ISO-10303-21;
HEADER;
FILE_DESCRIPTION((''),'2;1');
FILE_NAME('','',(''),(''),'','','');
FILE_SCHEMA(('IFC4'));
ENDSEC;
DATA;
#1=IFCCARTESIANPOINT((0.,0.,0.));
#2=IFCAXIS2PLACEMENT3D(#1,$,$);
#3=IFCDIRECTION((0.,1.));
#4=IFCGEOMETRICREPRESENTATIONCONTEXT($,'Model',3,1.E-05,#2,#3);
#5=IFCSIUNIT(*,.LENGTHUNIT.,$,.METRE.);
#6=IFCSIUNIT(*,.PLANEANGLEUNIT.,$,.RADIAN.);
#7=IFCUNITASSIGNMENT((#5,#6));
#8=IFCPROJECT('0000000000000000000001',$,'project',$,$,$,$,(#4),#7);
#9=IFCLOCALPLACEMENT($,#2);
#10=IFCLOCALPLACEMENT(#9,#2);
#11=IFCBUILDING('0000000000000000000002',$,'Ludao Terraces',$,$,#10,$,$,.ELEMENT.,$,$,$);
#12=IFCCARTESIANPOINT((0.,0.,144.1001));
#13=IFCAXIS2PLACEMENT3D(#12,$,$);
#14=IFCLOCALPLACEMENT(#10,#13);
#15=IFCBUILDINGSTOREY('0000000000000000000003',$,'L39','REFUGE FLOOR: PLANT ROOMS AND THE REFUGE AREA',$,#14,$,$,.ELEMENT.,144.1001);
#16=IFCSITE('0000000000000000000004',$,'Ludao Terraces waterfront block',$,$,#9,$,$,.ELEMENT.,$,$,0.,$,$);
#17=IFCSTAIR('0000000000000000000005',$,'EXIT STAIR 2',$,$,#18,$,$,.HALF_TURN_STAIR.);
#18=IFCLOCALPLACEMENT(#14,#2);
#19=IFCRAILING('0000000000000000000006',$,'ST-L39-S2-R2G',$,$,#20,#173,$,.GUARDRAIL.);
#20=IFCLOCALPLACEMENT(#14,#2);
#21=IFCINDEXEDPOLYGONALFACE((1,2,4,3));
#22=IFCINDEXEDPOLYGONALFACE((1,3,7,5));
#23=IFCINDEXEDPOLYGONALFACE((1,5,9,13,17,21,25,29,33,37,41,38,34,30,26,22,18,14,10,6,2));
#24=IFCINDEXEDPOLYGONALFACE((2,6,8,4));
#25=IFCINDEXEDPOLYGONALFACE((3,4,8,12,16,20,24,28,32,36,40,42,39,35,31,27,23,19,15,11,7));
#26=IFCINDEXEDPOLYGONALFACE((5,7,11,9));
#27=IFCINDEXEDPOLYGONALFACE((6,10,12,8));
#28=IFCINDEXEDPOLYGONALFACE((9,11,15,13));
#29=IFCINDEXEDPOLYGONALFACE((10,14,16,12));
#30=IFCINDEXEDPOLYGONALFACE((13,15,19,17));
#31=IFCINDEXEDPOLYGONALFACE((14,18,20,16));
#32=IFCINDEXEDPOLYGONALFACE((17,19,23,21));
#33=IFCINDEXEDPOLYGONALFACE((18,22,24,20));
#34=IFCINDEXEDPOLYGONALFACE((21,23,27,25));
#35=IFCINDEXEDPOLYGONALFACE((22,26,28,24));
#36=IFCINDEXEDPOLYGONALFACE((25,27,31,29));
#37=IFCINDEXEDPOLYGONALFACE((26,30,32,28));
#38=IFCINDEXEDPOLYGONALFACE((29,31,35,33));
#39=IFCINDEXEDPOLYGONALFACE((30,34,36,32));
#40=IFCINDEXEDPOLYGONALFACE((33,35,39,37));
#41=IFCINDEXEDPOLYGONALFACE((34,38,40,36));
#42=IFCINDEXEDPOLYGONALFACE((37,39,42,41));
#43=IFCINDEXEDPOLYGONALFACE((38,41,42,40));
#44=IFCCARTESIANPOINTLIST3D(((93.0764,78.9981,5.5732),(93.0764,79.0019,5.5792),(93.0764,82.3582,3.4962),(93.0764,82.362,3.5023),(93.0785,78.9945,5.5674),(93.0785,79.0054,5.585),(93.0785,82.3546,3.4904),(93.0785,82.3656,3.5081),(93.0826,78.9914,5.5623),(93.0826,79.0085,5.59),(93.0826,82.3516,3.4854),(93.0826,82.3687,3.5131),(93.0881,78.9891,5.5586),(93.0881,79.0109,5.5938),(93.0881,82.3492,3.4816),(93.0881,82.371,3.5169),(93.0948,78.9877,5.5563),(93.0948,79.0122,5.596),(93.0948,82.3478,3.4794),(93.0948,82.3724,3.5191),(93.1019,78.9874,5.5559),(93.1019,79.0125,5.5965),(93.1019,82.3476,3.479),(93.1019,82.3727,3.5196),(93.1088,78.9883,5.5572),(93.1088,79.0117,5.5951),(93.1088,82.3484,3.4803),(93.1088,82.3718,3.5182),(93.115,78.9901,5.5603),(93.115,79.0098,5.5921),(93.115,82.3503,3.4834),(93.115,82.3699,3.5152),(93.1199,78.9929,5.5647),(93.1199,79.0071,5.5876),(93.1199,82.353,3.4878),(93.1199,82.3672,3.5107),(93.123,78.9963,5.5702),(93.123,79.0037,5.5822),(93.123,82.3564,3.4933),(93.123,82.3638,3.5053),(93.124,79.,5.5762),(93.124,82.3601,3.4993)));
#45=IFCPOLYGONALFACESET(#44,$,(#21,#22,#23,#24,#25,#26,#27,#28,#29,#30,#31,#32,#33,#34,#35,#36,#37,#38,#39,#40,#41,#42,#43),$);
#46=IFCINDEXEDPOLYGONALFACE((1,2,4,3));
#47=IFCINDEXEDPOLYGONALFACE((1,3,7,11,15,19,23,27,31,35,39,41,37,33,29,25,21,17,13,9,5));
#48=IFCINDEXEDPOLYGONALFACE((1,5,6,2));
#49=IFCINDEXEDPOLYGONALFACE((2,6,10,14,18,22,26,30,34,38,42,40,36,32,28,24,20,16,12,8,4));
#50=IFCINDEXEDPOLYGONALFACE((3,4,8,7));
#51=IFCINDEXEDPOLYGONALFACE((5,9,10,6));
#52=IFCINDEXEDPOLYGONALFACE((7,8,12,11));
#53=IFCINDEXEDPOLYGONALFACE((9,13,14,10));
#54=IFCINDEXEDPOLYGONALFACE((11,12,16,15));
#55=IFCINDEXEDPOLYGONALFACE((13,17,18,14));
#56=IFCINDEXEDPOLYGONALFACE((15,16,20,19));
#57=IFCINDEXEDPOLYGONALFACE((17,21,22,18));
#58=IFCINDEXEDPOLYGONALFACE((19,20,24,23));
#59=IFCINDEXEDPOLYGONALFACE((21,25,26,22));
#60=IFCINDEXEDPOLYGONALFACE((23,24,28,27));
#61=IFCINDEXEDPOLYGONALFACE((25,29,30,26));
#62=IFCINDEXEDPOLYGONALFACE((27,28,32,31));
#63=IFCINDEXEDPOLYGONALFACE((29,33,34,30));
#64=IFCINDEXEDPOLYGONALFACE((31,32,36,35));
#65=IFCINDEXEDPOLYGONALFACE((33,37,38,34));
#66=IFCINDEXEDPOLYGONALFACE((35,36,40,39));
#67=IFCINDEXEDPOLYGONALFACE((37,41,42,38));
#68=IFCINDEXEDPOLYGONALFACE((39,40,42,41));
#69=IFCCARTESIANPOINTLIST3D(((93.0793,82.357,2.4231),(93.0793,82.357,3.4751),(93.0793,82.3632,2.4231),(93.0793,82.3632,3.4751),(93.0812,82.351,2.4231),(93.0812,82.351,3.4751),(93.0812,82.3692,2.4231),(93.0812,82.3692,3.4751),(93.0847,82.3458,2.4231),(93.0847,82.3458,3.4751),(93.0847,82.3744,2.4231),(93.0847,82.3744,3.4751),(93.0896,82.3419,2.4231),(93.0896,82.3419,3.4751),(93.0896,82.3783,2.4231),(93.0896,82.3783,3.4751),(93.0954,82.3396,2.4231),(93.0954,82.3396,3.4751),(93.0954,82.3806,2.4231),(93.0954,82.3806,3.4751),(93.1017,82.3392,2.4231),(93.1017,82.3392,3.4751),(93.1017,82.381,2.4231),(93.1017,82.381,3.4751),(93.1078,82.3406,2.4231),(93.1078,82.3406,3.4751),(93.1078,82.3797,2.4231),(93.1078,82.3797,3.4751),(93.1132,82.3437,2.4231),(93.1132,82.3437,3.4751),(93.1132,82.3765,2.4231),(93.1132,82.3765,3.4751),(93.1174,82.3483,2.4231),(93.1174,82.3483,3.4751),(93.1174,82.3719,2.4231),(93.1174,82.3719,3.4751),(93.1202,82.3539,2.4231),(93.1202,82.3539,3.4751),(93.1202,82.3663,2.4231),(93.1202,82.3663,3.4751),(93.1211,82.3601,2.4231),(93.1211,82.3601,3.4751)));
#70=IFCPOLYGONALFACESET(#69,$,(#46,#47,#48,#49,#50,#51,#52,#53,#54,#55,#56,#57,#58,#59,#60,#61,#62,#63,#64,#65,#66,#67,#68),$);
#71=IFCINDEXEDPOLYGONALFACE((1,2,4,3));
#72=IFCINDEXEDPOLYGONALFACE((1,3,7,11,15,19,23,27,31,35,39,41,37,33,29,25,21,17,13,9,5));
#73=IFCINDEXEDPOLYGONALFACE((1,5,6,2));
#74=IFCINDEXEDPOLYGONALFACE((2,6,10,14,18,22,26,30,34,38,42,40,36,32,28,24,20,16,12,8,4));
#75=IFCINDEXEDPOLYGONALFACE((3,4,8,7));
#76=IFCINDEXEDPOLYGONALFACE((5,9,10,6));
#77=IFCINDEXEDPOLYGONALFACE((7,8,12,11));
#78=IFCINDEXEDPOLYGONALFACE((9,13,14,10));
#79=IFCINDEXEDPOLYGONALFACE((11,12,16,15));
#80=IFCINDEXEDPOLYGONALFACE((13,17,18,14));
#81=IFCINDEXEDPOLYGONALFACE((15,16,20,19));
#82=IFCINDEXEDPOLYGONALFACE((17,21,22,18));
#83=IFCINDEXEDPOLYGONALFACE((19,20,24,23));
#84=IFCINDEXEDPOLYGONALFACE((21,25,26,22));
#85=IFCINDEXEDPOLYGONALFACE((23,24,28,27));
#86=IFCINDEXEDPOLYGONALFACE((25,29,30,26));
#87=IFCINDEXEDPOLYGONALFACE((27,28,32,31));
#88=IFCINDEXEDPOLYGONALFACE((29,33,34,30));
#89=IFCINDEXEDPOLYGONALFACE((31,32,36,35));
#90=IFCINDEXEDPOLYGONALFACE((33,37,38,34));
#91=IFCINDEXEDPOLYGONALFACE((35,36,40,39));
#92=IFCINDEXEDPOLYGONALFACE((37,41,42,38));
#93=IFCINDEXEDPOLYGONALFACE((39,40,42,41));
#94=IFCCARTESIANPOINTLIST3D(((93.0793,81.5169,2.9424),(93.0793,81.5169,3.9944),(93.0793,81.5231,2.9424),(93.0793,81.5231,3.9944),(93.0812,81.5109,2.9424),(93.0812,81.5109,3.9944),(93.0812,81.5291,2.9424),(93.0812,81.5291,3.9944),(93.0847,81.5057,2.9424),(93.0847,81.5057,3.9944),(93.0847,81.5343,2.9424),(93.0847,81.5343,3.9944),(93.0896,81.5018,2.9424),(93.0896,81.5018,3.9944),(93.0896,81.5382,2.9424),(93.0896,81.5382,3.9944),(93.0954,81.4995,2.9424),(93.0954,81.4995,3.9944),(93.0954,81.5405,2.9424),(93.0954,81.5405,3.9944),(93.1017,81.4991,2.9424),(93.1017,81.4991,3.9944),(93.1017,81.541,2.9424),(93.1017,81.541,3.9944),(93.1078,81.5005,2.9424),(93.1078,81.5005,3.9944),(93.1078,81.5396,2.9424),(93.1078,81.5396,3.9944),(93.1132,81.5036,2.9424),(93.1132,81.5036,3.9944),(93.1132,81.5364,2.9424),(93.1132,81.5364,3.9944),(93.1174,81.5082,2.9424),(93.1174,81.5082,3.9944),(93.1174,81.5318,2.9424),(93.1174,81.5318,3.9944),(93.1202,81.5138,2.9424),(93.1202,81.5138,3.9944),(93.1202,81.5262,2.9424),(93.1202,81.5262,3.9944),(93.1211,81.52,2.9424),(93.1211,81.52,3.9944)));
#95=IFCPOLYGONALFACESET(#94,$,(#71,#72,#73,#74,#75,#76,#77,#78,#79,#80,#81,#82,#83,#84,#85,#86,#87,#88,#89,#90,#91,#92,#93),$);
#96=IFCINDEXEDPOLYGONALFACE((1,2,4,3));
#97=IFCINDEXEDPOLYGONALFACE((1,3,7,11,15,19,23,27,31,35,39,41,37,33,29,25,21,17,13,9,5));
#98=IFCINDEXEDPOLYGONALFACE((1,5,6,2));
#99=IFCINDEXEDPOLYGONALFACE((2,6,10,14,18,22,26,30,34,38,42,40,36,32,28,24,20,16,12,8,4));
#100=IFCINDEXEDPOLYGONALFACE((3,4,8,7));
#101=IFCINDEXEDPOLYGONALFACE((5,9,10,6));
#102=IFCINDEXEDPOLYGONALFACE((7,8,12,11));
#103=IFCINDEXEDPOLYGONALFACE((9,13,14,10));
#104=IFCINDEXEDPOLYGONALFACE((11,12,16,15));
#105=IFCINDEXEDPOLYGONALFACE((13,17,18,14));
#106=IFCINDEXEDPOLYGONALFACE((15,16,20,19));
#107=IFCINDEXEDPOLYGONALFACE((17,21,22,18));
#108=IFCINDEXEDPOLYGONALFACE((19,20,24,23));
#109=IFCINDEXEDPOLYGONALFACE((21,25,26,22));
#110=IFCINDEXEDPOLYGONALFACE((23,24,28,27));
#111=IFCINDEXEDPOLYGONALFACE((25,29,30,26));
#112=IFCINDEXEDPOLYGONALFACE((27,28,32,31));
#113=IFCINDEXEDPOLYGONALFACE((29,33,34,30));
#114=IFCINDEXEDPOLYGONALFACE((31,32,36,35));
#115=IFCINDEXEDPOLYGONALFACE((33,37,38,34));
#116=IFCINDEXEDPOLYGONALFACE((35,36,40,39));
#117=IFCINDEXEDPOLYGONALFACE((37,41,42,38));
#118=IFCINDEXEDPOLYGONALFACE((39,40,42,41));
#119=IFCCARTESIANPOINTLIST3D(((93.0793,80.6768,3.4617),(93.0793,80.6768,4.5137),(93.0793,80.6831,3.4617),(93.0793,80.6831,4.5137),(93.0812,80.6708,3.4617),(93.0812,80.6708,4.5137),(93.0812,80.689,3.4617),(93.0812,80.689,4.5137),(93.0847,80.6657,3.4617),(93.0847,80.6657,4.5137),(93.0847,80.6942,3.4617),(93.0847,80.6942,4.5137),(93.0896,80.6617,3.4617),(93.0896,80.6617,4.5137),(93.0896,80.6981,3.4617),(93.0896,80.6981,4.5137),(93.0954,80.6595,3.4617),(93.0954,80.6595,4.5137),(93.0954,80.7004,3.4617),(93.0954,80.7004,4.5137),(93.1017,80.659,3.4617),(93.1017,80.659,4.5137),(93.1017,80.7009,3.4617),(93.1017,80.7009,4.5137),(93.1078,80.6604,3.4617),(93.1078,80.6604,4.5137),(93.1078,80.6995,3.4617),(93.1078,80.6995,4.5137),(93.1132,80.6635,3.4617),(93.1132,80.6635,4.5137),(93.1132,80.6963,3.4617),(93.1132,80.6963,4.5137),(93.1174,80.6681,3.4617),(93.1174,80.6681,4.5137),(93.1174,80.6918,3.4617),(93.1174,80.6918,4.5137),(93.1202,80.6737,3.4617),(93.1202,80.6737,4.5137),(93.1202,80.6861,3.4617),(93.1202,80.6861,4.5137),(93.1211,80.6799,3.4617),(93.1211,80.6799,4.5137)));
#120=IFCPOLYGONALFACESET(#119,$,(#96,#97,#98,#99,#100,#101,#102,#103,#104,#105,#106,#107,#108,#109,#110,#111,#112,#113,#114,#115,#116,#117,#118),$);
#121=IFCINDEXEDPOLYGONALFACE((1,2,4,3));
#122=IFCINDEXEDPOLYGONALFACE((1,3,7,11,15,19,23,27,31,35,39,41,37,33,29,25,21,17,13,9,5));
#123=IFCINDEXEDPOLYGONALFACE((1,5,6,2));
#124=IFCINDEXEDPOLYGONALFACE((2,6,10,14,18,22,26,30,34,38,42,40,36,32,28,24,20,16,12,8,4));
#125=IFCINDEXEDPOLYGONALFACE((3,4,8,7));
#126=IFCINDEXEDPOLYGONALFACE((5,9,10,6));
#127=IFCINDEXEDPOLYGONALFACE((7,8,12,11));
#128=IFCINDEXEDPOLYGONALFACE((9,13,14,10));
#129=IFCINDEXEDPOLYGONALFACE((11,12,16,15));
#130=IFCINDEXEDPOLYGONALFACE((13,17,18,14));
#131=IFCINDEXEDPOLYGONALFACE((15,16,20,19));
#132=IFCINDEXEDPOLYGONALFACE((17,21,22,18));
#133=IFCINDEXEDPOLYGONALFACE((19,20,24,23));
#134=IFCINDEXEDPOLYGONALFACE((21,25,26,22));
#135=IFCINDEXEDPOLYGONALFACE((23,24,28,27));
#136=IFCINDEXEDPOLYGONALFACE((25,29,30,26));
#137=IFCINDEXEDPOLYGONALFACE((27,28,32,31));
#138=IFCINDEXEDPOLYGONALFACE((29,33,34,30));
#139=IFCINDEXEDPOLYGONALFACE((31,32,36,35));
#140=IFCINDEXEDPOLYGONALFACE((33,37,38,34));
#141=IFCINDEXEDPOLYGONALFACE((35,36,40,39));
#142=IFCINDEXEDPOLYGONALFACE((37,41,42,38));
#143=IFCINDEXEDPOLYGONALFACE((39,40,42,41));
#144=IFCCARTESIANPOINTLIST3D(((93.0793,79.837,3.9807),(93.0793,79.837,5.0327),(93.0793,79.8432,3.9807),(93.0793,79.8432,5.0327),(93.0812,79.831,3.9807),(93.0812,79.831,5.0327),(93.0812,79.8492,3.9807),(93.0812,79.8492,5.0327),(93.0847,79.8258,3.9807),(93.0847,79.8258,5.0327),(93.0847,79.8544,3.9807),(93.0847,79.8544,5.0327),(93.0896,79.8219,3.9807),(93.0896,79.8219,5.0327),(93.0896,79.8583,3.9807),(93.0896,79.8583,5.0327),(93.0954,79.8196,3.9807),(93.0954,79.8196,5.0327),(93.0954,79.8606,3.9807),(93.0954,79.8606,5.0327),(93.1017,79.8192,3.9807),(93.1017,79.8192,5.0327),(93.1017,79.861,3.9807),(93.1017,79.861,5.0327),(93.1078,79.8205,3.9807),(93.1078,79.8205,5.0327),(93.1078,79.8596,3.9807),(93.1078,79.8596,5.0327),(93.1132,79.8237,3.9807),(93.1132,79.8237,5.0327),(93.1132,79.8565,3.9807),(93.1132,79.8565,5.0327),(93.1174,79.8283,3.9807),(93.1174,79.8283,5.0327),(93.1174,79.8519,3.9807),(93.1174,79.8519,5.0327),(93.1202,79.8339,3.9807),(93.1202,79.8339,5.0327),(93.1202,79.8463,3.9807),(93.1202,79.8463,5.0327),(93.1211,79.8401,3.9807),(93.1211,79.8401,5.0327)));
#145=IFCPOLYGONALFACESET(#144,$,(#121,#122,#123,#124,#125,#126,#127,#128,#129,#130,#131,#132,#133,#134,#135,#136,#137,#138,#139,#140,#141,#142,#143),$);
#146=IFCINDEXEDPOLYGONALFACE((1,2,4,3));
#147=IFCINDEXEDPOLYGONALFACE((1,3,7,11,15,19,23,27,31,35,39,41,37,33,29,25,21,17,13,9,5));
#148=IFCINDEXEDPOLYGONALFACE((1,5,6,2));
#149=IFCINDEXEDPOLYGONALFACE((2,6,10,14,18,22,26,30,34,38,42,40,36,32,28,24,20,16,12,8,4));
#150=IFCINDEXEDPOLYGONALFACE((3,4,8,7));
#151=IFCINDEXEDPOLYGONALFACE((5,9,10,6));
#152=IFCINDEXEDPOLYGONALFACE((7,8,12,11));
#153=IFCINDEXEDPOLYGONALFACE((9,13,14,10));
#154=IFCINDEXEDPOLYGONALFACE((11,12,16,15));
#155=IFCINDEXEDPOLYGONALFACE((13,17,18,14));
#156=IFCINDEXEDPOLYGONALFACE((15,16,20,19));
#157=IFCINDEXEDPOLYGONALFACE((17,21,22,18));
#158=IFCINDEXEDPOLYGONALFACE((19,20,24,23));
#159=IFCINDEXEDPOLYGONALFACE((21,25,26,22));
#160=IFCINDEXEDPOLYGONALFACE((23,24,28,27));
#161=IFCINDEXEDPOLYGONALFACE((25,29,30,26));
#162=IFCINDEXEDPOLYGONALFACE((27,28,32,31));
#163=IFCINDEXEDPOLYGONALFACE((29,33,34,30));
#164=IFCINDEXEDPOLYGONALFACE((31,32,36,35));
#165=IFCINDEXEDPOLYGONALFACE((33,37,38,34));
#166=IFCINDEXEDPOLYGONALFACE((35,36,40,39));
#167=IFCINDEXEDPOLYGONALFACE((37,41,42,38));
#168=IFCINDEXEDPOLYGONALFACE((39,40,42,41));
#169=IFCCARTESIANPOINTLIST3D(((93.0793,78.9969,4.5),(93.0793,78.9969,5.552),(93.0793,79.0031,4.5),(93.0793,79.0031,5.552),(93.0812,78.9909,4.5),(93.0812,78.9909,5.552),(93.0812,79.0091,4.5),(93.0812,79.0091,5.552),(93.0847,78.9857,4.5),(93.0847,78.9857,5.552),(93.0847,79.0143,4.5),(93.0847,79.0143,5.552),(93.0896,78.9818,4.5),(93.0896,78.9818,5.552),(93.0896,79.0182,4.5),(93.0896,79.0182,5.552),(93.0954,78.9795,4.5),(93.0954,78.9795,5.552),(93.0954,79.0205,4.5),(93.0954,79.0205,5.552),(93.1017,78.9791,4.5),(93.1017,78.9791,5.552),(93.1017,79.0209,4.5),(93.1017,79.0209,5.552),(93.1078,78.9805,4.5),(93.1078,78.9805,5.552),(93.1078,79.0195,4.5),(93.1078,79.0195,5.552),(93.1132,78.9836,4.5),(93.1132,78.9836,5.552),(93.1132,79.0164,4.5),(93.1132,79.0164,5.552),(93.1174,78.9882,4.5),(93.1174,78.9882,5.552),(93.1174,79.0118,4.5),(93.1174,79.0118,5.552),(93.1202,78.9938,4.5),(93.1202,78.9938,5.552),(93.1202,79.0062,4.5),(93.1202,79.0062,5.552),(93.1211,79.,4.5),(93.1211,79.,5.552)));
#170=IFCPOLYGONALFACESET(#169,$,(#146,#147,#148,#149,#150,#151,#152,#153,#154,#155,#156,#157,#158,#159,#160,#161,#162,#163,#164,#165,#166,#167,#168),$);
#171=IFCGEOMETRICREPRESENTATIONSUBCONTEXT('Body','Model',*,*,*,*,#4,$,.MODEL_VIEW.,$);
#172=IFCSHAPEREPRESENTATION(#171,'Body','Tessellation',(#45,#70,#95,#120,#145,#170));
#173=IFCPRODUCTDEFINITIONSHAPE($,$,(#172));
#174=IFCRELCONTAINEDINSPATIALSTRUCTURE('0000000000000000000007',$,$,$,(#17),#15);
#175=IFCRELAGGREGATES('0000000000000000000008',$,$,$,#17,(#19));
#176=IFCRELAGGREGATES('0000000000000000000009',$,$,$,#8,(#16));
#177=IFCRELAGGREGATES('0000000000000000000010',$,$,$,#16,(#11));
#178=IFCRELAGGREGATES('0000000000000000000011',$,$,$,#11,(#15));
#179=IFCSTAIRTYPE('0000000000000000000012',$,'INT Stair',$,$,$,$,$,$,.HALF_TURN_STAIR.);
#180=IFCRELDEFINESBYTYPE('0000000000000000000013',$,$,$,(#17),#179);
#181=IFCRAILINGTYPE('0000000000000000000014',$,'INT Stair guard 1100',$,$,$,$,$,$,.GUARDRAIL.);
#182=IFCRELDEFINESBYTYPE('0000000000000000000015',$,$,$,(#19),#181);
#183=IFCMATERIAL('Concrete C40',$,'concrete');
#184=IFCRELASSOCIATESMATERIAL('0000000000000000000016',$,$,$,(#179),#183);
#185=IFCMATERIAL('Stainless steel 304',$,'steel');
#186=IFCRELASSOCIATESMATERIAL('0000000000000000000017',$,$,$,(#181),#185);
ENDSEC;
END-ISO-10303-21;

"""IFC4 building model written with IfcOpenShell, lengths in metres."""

from ifc_helpers import new_model, si_unit, direction, frame, origin, origin_2d, place, context, subcontext, project, spatial, circle, extrude, material, type_object, element, aggregate, save


model = new_model("IFC4")

# Units and contexts
model_context = context("Model", 3, precision=1e-05, world=origin(), true_north=direction((0.0, 1.0)))
body_context = subcontext(model_context, "Body", "Model", "MODEL_VIEW")
ifc_project = project(units=[si_unit("LENGTHUNIT", "METRE"), si_unit("PLANEANGLEUNIT", "RADIAN")], contexts=[model_context])

# Site, building, storey
site_placement = place(None, origin())
site = spatial("IfcSite", under=ifc_project, at=site_placement, Name="Ludao Terraces waterfront block", CompositionType="ELEMENT", RefElevation=0.0)
building_placement = place(site_placement, origin())
building = spatial("IfcBuilding", under=site, at=building_placement, Name="Ludao Terraces", CompositionType="ELEMENT")
storey_placement = place(building_placement, frame((0.0, 0.0, 144.1001)))
storey = spatial("IfcBuildingStorey", under=building, at=storey_placement, Name="L39", Description="REFUGE FLOOR: PLANT ROOMS AND THE REFUGE AREA", CompositionType="ELEMENT", Elevation=144.1001)

# Shared definitions
ifc_material_1 = material(Name="Stainless steel 304", Category="steel")

# Stair, railing
ifc_material_2 = material(Name="Concrete C40", Category="concrete")
stair_type = type_object("IfcStairType", Name="INT Stair", PredefinedType="HALF_TURN_STAIR", material=ifc_material_2)
stair_placement = place(storey_placement, origin())
stair = element("IfcStair", 1, at=stair_placement, inside=storey, type_object=stair_type, Name="EXIT STAIR 2", PredefinedType="HALF_TURN_STAIR")
railing_type_1 = type_object("IfcRailingType", Name="INT Stair guard 1100", PredefinedType="GUARDRAIL", material=ifc_material_1)
railing_1_placement = place(storey_placement, frame((93.1001, 82.3601, 2.4231)))
railing_1 = element("IfcRailing", 2, at=railing_1_placement, type_object=railing_type_1, Name="ST-L39-S2-R2G", PredefinedType="GUARDRAIL", context=body_context, shape_type="SweptSolid", body=[
    extrude(circle(Radius=0.0239, at=origin_2d()), frame((0.0, 0.0, 1.0762), z_axis=(0.0, -0.850623, 0.525776), x_axis=(1.0, 0.0, 0.0)), (0.0, 0.0, 1.0), 3.9502),
    extrude(circle(Radius=0.021, at=origin_2d()), origin(), (0.0, 0.0, 1.0), 1.052),
    extrude(circle(Radius=0.021, at=origin_2d()), frame((0.0, -0.8401, 0.5193)), (0.0, 0.0, 1.0), 1.052),
    extrude(circle(Radius=0.021, at=origin_2d()), frame((0.0, -1.6802, 1.0386)), (0.0, 0.0, 1.0), 1.052),
    extrude(circle(Radius=0.021, at=origin_2d()), frame((0.0, -2.52, 1.5576)), (0.0, 0.0, 1.0), 1.052),
    extrude(circle(Radius=0.021, at=origin_2d()), frame((0.0, -3.3601, 2.0769)), (0.0, 0.0, 1.0), 1.052),
])
aggregate(stair, [railing_1])

save(model, "model.ifc")
